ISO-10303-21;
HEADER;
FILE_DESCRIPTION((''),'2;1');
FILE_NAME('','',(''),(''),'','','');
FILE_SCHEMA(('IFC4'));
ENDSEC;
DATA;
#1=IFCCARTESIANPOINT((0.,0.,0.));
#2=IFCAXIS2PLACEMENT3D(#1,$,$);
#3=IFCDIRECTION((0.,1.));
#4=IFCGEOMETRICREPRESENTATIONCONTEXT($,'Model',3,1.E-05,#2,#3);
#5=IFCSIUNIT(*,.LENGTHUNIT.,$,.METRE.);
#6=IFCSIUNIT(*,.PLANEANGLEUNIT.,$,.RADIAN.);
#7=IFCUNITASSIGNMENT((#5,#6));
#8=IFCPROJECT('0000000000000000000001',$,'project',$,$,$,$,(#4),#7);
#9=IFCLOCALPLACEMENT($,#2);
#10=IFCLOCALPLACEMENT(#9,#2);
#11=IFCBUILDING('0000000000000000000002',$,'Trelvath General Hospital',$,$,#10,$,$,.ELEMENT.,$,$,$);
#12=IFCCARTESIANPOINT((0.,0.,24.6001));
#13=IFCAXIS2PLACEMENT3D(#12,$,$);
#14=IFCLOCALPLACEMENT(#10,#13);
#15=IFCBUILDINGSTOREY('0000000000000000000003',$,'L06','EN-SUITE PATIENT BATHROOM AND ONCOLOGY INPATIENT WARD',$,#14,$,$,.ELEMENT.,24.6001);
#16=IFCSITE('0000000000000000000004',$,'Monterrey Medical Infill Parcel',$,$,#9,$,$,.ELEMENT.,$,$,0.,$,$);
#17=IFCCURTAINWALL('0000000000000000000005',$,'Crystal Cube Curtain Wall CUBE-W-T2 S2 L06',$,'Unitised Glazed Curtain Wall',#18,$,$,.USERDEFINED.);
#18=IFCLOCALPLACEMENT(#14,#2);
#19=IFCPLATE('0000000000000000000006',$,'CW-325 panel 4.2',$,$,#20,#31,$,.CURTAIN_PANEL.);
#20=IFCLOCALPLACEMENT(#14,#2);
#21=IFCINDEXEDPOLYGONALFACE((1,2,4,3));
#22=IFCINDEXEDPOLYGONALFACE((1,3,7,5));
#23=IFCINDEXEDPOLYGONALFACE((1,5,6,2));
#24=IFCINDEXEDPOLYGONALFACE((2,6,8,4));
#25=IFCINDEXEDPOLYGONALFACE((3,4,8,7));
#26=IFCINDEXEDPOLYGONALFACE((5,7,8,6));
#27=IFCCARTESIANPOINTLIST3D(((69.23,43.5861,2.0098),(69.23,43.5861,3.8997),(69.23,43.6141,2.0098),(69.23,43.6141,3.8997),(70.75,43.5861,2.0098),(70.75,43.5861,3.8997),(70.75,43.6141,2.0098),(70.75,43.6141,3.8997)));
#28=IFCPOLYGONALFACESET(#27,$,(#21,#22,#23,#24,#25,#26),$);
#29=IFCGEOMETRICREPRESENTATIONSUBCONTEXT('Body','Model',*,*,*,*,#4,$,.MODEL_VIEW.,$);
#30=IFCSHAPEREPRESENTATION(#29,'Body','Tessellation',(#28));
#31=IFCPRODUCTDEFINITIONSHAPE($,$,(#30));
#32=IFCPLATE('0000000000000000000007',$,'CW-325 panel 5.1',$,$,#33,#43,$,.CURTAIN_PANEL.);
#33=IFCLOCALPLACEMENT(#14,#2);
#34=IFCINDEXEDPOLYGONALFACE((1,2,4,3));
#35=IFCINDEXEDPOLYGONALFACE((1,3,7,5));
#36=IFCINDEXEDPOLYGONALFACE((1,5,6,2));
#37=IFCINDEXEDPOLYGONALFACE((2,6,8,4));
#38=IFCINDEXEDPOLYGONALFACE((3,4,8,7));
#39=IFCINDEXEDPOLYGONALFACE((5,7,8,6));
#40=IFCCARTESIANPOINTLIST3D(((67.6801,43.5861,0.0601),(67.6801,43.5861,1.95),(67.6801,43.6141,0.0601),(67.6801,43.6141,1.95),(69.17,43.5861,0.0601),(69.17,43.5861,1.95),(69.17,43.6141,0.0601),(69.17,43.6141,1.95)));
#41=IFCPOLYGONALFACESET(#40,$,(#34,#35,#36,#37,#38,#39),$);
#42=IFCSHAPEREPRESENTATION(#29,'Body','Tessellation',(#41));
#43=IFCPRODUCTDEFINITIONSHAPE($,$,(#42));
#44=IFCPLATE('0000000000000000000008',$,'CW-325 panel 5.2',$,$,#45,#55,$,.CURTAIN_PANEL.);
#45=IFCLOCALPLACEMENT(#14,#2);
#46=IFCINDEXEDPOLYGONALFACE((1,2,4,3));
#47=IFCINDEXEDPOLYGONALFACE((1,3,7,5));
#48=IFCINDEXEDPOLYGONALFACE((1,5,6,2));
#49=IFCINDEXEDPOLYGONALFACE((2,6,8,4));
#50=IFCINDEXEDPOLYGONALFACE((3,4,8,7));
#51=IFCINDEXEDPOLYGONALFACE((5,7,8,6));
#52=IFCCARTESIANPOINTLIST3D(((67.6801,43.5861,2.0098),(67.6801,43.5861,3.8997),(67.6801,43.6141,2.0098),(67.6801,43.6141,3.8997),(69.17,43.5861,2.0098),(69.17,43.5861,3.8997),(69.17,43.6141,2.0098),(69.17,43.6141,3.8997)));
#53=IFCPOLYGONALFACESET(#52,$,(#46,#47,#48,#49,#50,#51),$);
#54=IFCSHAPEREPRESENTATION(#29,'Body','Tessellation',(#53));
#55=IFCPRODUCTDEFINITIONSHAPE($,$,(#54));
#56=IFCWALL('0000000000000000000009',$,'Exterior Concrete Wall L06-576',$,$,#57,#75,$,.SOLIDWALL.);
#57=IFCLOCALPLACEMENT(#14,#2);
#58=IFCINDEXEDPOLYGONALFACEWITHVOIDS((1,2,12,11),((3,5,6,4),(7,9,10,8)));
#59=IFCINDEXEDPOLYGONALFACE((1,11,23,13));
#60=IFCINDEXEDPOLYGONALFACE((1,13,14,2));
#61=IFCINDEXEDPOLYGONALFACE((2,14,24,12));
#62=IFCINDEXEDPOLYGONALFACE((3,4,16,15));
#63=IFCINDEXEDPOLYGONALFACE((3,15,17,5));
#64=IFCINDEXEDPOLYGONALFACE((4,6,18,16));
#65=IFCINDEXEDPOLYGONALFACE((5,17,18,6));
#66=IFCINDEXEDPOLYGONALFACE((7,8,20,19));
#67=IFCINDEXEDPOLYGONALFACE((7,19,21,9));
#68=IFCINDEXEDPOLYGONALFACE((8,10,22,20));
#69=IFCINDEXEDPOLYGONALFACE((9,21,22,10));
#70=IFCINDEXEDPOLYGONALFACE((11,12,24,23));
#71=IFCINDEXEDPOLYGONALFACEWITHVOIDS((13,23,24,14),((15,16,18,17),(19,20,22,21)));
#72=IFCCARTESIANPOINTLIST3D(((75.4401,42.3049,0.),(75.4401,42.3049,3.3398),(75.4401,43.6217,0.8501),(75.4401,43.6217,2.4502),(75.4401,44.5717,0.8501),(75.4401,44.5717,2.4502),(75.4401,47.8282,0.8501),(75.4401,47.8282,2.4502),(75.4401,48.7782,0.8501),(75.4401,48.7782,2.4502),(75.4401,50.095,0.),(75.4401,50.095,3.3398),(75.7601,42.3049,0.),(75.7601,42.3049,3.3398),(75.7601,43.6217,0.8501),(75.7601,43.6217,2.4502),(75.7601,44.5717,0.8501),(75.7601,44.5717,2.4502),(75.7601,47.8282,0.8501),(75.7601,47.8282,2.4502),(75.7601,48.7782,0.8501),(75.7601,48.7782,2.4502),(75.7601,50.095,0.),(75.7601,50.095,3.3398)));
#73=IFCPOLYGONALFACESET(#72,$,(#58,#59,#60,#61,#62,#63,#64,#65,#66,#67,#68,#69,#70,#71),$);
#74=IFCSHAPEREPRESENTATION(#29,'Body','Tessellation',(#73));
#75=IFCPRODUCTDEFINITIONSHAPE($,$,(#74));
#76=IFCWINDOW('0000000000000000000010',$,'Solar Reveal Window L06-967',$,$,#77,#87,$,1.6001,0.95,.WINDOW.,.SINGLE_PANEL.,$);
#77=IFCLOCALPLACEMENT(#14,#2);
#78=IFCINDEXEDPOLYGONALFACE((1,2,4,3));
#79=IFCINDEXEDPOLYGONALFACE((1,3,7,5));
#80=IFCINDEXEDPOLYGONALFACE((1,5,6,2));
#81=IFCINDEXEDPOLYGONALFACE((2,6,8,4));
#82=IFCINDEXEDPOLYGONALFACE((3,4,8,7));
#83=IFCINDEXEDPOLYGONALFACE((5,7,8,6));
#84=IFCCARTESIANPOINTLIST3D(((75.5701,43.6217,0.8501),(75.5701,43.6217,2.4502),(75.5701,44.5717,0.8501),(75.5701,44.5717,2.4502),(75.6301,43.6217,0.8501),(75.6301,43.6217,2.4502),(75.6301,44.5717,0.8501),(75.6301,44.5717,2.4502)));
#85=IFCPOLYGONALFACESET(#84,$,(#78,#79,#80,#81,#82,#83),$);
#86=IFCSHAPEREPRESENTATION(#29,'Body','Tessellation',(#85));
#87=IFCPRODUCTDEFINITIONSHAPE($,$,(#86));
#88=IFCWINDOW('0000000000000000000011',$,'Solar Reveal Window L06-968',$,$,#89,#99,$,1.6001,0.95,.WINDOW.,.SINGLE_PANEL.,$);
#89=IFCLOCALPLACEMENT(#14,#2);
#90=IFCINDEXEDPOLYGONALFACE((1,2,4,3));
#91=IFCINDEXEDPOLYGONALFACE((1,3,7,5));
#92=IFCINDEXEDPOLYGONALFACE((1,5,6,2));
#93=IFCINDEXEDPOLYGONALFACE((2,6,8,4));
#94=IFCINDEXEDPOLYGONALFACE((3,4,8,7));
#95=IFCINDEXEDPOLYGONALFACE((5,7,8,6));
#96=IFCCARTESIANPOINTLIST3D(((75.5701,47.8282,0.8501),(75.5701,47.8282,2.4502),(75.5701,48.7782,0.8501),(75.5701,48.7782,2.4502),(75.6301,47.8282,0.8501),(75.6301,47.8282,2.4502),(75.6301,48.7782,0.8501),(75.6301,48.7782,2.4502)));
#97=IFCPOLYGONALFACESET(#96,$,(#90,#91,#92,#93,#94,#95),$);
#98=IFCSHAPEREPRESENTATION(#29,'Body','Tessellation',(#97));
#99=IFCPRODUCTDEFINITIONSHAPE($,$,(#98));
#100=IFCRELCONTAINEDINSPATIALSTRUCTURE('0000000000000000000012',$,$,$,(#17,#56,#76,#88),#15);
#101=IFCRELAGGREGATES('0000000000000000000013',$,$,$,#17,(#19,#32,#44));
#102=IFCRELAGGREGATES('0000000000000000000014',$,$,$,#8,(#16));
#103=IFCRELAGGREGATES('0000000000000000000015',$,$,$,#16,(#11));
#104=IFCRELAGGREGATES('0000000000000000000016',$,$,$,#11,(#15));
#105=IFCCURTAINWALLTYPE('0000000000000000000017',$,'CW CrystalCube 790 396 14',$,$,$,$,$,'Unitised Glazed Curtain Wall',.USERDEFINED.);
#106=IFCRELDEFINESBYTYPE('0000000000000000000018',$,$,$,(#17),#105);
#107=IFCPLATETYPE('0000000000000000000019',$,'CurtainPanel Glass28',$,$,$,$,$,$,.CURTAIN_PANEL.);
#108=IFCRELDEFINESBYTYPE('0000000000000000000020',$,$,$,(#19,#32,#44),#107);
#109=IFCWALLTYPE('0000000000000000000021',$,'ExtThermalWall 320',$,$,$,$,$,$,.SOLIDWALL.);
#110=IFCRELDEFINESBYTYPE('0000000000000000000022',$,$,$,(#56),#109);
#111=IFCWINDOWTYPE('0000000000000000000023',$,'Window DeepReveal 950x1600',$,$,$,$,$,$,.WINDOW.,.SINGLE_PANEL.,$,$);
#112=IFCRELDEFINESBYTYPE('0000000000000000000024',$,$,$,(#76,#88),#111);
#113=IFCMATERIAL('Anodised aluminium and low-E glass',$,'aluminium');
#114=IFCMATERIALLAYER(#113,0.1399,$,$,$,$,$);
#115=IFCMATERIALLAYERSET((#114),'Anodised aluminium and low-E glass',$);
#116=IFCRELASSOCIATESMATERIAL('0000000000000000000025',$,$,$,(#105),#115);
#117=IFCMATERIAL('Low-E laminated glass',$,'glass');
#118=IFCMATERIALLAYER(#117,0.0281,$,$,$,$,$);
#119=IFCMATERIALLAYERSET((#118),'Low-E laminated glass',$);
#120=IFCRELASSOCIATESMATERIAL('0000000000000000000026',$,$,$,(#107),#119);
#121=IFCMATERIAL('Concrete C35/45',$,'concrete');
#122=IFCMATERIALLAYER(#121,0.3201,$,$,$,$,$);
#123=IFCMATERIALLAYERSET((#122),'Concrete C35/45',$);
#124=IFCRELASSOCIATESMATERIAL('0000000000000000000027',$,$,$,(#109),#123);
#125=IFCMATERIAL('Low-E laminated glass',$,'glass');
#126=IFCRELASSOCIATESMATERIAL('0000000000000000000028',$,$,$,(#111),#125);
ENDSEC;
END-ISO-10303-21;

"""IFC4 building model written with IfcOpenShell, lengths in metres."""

from ifc_helpers import new_model, si_unit, direction, frame, frame_2d, origin, origin_2d, place, context, subcontext, project, spatial, rectangle, extrude, material, layer, layer_set, type_object, element, fill, aggregate, save


model = new_model("IFC4")

# Units and contexts
model_context = context("Model", 3, precision=1e-05, world=origin(), true_north=direction((0.0, 1.0)))
body_context = subcontext(model_context, "Body", "Model", "MODEL_VIEW")
ifc_project = project(units=[si_unit("LENGTHUNIT", "METRE"), si_unit("PLANEANGLEUNIT", "RADIAN")], contexts=[model_context])

# Site, building, storey
site_placement = place(None, origin())
site = spatial("IfcSite", under=ifc_project, at=site_placement, Name="Monterrey Medical Infill Parcel", CompositionType="ELEMENT", RefElevation=0.0)
building_placement = place(site_placement, origin())
building = spatial("IfcBuilding", under=site, at=building_placement, Name="Trelvath General Hospital", CompositionType="ELEMENT")
storey_placement = place(building_placement, frame((0.0, 0.0, 24.6001)))
storey = spatial("IfcBuildingStorey", under=building, at=storey_placement, Name="L06", Description="EN-SUITE PATIENT BATHROOM AND ONCOLOGY INPATIENT WARD", CompositionType="ELEMENT", Elevation=24.6001)

# Shared definitions
ifc_material_1 = material(Name="Anodised aluminium and low-E glass", Category="aluminium")
ifc_layer_1 = layer(ifc_material_1, 0.1399)
ifc_layer_set_1 = layer_set([ifc_layer_1], Name="Anodised aluminium and low-E glass")
curtain_wall_type = type_object("IfcCurtainWallType", Name="CW CrystalCube 790 396 14", ElementType="Unitised Glazed Curtain Wall", PredefinedType="USERDEFINED", material=ifc_layer_set_1)

# Curtain wall
curtain_wall_1_placement = place(storey_placement, origin())
curtain_wall_1 = element("IfcCurtainWall", 1, at=curtain_wall_1_placement, inside=storey, type_object=curtain_wall_type, Name="Crystal Cube Curtain Wall CUBE-W-T2 S2 L06", ObjectType="Unitised Glazed Curtain Wall", PredefinedType="USERDEFINED")

# Plates
ifc_material_2 = material(Name="Low-E laminated glass", Category="glass")
ifc_layer_2 = layer(ifc_material_2, 0.0281)
ifc_layer_set_2 = layer_set([ifc_layer_2], Name="Low-E laminated glass")
plate_type = type_object("IfcPlateType", Name="CurtainPanel Glass28", PredefinedType="CURTAIN_PANEL", material=ifc_layer_set_2)
plate_1_placement = place(storey_placement, frame((69.99, 43.6001, 2.0098), z_axis=(0.0, 0.0, 1.0), x_axis=(-1.0, 0.0, 0.0)))
plate_1 = element("IfcPlate", 2, at=plate_1_placement, type_object=plate_type, Name="CW-325 panel 4.2", PredefinedType="CURTAIN_PANEL", context=body_context, shape_type="SweptSolid", body=[
    extrude(rectangle(XDim=1.52, YDim=0.0281, at=origin_2d()), origin(), (0.0, 0.0, 1.0), 1.8899),
])
plate_2_placement = place(storey_placement, frame((68.425, 43.6001, 0.0601), z_axis=(0.0, 0.0, 1.0), x_axis=(-1.0, 0.0, 0.0)))
plate_2 = element("IfcPlate", 3, at=plate_2_placement, type_object=plate_type, Name="CW-325 panel 5.1", PredefinedType="CURTAIN_PANEL", context=body_context, shape_type="SweptSolid", body=[
    extrude(rectangle(XDim=1.49, YDim=0.0281, at=origin_2d()), origin(), (0.0, 0.0, 1.0), 1.8899),
])
plate_3_placement = place(storey_placement, frame((68.425, 43.6001, 2.0098), z_axis=(0.0, 0.0, 1.0), x_axis=(-1.0, 0.0, 0.0)))
plate_3 = element("IfcPlate", 4, at=plate_3_placement, type_object=plate_type, Name="CW-325 panel 5.2", PredefinedType="CURTAIN_PANEL", context=body_context, shape_type="SweptSolid", body=[
    extrude(rectangle(XDim=1.49, YDim=0.0281, at=origin_2d()), origin(), (0.0, 0.0, 1.0), 1.8899),
])
aggregate(curtain_wall_1, [plate_1, plate_2, plate_3])

# Wall, openings, windows
ifc_material_3 = material(Name="Concrete C35/45", Category="concrete")
ifc_layer_3 = layer(ifc_material_3, 0.3201)
ifc_layer_set_3 = layer_set([ifc_layer_3], Name="Concrete C35/45")
wall_type = type_object("IfcWallType", Name="ExtThermalWall 320", PredefinedType="SOLIDWALL", material=ifc_layer_set_3)
wall_placement = place(storey_placement, frame((75.6001, 42.3049, 0.0), z_axis=(0.0, 0.0, 1.0), x_axis=(0.0, 1.0, 0.0)))
wall = element("IfcWall", 5, at=wall_placement, inside=storey, type_object=wall_type, Name="Exterior Concrete Wall L06-576", PredefinedType="SOLIDWALL", context=body_context, shape_type="SweptSolid", body=[
    extrude(rectangle(XDim=7.79, YDim=0.3201, at=frame_2d((3.895, 0.0))), origin(), (0.0, 0.0, 1.0), 3.3398),
])
opening_1_placement = place(wall_placement, frame((1.3167, 0.0, 0.8501)))
opening_1 = element("IfcOpeningElement", 6, at=opening_1_placement, cuts=wall, PredefinedType="OPENING", context=body_context, shape_type="SweptSolid", body=[
    extrude(rectangle(XDim=0.95, YDim=1.6001, at=frame_2d((0.4751, 0.8))), frame((0.0, 0.1699, 0.0), z_axis=(0.0, -1.0, 0.0), x_axis=(1.0, 0.0, 0.0)), (0.0, 0.0, 1.0), 0.3401),
])
opening_2_placement = place(wall_placement, frame((5.5232, 0.0, 0.8501)))
opening_2 = element("IfcOpeningElement", 7, at=opening_2_placement, cuts=wall, PredefinedType="OPENING", context=body_context, shape_type="SweptSolid", body=[
    extrude(rectangle(XDim=0.95, YDim=1.6001, at=frame_2d((0.4751, 0.8))), frame((0.0, 0.1699, 0.0), z_axis=(0.0, -1.0, 0.0), x_axis=(1.0, 0.0, 0.0)), (0.0, 0.0, 1.0), 0.3401),
])
ifc_material_4 = material(Name="Low-E laminated glass", Category="glass")
window_type = type_object("IfcWindowType", Name="Window DeepReveal 950x1600", PartitioningType="SINGLE_PANEL", PredefinedType="WINDOW", material=ifc_material_4)
window_1_placement = place(opening_1_placement, origin())
window_1 = element("IfcWindow", 8, at=window_1_placement, inside=storey, type_object=window_type, Name="Solar Reveal Window L06-967", OverallHeight=1.6001, OverallWidth=0.95, PartitioningType="SINGLE_PANEL", PredefinedType="WINDOW", context=body_context, shape_type="SweptSolid", body=[
    extrude(rectangle(XDim=0.95, YDim=1.6001, at=frame_2d((0.4751, 0.8))), frame((0.0, 0.03, 0.0), z_axis=(0.0, -1.0, 0.0), x_axis=(1.0, 0.0, 0.0)), (0.0, 0.0, 1.0), 0.0601),
])
fill(opening_1, window_1)
window_2_placement = place(opening_2_placement, origin())
window_2 = element("IfcWindow", 9, at=window_2_placement, inside=storey, type_object=window_type, Name="Solar Reveal Window L06-968", OverallHeight=1.6001, OverallWidth=0.95, PartitioningType="SINGLE_PANEL", PredefinedType="WINDOW", context=body_context, shape_type="SweptSolid", body=[
    extrude(rectangle(XDim=0.95, YDim=1.6001, at=frame_2d((0.4751, 0.8))), frame((0.0, 0.03, 0.0), z_axis=(0.0, -1.0, 0.0), x_axis=(1.0, 0.0, 0.0)), (0.0, 0.0, 1.0), 0.0601),
])
fill(opening_2, window_2)

save(model, "model.ifc")
